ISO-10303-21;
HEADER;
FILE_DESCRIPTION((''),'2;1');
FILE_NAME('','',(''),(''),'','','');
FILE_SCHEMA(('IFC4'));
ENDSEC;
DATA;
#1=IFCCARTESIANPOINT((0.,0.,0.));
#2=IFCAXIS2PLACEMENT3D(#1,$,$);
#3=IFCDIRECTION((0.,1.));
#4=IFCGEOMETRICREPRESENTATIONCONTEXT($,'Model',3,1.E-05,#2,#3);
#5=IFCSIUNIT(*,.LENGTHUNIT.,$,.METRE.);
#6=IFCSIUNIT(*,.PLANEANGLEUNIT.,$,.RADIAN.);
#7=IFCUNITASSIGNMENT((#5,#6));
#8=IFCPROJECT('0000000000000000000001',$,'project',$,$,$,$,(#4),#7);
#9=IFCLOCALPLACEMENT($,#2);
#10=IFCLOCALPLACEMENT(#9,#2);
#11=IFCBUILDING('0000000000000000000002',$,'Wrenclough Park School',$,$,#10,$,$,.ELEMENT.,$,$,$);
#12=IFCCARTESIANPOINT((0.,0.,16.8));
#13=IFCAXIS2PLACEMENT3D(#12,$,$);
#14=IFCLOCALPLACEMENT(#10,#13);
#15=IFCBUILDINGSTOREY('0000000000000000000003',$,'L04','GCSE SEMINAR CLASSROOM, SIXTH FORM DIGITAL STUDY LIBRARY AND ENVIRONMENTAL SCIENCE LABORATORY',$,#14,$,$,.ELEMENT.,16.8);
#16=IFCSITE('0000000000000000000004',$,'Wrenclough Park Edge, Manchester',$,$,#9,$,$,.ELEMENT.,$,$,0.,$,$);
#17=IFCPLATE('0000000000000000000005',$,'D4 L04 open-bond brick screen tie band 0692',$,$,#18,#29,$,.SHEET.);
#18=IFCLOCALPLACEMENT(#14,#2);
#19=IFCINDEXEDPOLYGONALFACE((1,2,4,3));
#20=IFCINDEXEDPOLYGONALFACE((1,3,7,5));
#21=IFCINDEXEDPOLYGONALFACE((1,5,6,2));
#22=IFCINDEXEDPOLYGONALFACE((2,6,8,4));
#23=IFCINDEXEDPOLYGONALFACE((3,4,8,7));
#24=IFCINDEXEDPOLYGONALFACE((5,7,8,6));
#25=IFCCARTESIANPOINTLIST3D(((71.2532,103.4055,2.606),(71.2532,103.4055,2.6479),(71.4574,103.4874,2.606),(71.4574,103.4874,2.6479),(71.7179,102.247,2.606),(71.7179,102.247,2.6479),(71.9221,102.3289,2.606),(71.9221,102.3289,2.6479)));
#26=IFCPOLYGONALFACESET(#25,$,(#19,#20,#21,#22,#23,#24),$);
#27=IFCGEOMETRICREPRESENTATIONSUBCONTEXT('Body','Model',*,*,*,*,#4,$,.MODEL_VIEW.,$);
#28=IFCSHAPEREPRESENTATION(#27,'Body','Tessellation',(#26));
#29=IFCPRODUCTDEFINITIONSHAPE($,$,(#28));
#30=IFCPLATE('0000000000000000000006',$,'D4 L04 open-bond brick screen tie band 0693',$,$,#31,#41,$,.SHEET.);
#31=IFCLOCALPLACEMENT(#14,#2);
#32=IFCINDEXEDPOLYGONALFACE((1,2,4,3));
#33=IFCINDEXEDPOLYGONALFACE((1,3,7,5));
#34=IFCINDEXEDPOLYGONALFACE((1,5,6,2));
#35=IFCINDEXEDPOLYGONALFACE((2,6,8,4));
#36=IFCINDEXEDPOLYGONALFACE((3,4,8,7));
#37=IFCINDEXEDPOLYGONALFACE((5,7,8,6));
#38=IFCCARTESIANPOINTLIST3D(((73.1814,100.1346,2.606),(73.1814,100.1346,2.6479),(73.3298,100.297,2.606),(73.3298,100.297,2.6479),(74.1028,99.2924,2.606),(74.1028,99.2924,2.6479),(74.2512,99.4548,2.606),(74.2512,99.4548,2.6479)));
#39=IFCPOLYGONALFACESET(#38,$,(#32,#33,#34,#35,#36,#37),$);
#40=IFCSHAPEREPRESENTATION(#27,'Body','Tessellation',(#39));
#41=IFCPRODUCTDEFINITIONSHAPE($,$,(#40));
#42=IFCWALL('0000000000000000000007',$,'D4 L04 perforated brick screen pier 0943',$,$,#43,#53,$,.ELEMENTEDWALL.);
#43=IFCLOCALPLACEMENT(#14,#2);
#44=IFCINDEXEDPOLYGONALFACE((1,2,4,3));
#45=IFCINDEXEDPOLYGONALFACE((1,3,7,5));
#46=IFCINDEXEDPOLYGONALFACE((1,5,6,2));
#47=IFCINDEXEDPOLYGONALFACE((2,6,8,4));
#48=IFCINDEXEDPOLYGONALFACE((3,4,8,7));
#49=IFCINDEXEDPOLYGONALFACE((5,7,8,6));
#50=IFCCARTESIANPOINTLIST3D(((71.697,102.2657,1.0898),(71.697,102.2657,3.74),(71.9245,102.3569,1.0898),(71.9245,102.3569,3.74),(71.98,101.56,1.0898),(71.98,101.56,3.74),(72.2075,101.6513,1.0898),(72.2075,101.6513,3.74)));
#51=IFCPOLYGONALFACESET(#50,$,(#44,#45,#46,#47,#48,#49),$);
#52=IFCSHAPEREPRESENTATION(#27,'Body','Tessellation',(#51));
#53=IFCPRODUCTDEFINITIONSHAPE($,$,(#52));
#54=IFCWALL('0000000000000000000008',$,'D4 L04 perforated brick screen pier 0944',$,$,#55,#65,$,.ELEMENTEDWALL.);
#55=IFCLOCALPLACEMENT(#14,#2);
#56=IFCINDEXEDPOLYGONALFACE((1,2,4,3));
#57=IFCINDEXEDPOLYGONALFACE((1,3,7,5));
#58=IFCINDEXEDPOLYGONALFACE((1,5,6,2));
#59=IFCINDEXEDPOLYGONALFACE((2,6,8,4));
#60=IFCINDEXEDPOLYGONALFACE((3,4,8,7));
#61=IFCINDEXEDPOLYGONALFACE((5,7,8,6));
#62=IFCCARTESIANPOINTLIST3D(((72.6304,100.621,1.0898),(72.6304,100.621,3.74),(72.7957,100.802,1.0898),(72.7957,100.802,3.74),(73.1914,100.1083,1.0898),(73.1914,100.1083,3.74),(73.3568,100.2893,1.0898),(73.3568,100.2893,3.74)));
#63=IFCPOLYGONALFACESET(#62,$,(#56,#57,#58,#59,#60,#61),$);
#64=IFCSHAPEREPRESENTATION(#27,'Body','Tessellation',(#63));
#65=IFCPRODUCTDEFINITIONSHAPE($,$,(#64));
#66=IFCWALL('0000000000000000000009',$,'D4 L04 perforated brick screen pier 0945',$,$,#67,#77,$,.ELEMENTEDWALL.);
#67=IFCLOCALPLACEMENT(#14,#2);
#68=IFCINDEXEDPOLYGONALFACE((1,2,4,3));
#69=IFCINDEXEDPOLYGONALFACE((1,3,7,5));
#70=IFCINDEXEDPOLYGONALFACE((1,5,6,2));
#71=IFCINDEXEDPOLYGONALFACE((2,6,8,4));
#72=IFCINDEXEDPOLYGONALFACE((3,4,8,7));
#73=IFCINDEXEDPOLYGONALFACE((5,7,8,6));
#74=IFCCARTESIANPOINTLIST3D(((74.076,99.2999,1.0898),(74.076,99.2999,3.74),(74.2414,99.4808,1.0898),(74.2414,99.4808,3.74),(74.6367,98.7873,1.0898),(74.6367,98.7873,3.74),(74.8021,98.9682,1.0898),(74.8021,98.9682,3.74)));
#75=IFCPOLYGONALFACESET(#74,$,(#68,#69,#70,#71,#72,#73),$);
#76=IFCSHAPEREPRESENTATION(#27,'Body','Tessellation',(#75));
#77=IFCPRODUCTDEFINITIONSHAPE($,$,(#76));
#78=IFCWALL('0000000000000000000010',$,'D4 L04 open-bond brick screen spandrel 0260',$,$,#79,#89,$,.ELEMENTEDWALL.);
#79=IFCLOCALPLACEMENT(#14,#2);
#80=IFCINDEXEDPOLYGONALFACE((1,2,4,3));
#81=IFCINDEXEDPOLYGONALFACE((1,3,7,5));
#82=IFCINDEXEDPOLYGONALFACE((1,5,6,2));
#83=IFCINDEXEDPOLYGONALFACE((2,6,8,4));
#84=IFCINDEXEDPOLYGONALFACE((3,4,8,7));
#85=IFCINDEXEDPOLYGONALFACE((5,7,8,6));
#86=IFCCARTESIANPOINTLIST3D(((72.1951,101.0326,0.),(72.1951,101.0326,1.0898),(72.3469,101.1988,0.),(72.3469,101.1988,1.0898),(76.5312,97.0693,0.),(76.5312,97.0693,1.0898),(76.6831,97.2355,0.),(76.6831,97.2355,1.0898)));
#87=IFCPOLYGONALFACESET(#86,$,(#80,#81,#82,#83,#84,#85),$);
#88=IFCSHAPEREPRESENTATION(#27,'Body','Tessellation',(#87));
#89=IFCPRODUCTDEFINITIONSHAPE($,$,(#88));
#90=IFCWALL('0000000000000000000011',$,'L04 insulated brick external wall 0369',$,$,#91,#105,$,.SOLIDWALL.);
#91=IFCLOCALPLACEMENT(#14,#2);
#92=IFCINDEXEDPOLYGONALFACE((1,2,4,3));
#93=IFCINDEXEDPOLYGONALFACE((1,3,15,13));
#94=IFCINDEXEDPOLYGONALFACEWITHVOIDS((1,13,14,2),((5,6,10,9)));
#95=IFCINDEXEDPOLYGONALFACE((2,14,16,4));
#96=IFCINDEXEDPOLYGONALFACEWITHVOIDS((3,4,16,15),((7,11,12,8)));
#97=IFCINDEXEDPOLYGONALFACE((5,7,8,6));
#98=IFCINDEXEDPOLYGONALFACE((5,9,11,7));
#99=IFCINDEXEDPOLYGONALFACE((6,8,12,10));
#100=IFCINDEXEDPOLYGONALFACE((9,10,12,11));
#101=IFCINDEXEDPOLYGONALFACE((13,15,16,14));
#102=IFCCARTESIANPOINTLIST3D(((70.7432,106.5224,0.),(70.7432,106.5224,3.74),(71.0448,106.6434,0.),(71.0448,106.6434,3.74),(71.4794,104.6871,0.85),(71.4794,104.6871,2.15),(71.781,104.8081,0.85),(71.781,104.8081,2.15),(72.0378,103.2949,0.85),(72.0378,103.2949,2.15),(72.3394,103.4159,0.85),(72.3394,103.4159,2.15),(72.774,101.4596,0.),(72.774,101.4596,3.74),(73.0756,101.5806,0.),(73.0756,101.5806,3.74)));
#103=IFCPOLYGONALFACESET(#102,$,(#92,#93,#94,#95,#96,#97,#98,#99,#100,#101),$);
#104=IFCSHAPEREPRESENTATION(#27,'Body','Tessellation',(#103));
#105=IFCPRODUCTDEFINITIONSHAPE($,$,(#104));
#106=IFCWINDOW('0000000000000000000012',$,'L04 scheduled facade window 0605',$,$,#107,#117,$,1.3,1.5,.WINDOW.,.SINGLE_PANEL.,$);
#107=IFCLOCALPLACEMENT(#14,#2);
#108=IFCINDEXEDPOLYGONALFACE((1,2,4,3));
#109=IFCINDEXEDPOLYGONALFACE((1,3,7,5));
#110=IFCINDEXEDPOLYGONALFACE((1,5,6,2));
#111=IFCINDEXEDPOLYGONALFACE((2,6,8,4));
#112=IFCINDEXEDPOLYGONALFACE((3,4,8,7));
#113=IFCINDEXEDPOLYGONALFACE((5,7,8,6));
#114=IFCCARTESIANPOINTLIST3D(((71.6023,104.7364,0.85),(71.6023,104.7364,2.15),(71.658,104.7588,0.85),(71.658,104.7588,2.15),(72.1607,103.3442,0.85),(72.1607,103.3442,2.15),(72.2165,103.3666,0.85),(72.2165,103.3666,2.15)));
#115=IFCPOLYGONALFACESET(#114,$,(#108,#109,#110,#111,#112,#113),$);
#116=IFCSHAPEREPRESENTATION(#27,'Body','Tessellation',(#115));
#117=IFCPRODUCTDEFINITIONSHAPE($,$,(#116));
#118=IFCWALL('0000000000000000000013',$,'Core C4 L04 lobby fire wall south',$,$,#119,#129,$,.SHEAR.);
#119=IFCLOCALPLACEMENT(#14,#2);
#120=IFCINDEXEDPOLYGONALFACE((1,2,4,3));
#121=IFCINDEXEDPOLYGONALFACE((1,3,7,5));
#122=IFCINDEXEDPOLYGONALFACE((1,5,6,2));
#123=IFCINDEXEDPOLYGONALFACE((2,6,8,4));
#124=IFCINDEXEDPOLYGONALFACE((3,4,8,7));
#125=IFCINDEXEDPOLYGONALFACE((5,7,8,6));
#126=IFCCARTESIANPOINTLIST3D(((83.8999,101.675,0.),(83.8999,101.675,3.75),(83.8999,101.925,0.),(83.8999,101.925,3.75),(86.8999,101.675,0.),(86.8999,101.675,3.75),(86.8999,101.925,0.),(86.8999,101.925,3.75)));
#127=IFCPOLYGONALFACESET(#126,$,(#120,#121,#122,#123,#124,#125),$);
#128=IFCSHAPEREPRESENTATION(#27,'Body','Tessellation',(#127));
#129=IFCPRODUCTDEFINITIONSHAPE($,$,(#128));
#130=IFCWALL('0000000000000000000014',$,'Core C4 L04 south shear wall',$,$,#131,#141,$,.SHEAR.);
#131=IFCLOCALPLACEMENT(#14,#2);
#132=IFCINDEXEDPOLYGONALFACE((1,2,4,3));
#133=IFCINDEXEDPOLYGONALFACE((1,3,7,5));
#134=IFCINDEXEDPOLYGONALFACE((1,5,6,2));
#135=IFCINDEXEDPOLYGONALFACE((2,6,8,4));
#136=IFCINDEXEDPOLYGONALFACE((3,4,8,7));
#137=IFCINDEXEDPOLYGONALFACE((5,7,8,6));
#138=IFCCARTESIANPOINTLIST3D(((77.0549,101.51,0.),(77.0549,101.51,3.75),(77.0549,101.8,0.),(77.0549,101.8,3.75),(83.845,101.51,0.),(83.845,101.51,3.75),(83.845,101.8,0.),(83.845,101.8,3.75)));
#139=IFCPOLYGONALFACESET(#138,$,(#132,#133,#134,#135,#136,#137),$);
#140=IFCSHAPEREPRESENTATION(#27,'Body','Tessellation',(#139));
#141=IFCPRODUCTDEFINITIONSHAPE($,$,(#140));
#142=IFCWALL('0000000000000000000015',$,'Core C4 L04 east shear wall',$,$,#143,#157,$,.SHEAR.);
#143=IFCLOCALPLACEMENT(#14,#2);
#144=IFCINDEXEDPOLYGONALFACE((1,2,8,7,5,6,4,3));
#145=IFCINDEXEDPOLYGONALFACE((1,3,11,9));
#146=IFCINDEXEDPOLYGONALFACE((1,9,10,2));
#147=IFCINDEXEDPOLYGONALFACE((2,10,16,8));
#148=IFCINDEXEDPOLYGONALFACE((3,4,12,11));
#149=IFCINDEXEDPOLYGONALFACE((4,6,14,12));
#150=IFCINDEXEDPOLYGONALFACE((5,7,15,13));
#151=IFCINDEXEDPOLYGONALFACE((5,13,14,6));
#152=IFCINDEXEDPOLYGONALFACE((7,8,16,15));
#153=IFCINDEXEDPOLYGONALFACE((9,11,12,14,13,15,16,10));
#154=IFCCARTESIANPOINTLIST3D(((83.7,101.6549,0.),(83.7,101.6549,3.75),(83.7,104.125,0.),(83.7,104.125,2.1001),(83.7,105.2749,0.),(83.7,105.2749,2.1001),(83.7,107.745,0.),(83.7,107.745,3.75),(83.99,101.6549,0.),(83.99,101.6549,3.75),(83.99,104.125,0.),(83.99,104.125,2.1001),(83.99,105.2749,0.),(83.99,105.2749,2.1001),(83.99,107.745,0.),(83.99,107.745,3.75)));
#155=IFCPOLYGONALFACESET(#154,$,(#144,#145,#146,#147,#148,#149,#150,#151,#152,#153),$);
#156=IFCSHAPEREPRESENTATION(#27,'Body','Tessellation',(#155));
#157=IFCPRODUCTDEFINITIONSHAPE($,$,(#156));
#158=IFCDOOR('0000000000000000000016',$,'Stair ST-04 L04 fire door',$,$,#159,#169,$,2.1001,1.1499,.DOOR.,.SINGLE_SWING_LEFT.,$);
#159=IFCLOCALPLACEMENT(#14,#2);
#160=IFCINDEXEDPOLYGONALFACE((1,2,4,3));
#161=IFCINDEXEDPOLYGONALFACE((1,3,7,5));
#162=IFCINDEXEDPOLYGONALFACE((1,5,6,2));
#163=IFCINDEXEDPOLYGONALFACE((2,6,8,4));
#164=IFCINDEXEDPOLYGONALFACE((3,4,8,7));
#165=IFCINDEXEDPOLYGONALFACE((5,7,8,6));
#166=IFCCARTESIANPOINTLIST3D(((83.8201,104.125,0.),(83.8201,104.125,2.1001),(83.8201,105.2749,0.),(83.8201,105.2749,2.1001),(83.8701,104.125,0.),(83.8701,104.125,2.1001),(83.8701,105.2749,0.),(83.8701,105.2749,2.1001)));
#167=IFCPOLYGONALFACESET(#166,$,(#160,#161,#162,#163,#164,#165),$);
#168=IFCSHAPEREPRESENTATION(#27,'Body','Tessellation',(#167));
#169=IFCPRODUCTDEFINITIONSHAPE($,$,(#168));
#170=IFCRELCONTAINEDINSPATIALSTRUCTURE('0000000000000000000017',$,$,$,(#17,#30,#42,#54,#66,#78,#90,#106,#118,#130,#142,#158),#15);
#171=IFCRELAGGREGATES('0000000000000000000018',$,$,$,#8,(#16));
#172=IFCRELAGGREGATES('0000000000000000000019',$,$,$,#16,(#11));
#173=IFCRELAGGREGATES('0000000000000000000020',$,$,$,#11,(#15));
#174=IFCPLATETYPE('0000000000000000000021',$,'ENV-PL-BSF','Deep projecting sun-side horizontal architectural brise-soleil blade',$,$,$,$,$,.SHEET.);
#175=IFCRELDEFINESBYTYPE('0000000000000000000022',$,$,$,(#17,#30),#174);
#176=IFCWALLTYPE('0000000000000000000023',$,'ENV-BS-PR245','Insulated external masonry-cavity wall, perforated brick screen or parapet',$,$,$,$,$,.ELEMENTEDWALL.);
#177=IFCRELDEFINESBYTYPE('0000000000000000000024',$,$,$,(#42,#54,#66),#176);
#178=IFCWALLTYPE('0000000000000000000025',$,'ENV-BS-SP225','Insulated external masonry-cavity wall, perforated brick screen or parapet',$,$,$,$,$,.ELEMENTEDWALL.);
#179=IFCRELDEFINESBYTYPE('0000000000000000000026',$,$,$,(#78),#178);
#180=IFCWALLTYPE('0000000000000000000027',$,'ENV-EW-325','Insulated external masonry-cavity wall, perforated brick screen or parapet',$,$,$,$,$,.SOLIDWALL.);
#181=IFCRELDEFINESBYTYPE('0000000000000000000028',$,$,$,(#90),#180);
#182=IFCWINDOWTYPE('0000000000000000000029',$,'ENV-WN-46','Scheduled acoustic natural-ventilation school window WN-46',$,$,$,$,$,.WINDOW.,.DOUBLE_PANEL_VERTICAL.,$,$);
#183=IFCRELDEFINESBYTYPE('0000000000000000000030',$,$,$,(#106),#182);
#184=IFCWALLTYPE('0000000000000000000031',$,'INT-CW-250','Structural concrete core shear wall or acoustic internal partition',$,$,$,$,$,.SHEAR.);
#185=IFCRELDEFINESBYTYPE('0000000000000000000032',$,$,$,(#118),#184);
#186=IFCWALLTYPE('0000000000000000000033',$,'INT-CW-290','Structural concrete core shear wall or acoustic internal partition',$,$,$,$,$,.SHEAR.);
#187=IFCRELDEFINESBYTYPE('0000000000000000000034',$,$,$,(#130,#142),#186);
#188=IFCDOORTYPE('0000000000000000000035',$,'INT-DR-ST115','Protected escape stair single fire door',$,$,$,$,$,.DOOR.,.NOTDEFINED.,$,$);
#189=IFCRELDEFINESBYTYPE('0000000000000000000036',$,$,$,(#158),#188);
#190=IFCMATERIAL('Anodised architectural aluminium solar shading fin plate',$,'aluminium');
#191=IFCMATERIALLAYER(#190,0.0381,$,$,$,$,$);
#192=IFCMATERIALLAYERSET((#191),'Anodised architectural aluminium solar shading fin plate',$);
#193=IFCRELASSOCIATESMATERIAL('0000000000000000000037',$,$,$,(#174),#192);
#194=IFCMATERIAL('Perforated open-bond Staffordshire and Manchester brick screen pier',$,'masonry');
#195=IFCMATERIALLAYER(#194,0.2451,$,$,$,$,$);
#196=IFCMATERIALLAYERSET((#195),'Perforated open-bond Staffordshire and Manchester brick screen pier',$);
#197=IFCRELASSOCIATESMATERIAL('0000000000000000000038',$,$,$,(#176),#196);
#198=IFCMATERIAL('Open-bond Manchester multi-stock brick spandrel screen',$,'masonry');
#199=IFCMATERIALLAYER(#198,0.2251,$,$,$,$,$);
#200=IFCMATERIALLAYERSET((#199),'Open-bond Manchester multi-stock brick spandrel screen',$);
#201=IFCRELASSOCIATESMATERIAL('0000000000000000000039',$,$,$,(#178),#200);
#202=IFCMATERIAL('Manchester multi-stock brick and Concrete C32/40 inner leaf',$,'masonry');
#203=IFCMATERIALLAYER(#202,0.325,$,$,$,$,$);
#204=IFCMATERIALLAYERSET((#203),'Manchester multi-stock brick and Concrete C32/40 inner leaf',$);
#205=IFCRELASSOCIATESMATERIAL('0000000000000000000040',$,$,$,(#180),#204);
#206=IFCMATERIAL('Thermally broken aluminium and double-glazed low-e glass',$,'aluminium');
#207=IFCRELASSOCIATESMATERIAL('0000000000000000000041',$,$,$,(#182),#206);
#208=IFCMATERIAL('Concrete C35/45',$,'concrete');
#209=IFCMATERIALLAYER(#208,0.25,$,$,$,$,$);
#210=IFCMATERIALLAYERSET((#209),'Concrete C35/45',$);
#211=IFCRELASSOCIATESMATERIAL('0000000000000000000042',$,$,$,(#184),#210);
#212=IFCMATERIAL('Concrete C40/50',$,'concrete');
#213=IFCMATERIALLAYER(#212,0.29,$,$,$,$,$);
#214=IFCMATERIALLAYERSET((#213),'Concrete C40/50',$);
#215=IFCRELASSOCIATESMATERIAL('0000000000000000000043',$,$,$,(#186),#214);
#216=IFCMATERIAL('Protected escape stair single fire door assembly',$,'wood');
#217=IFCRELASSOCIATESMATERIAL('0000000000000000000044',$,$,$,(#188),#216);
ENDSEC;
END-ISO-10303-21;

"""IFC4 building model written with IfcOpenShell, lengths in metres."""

from ifc_helpers import new_model, si_unit, direction, frame, frame_2d, origin, origin_2d, place, context, subcontext, project, spatial, rectangle, extrude, material, layer, layer_set, type_object, element, fill, save


model = new_model("IFC4")

# Units and contexts
model_context = context("Model", 3, precision=1e-05, world=origin(), true_north=direction((0.0, 1.0)))
body_context = subcontext(model_context, "Body", "Model", "MODEL_VIEW")
ifc_project = project(units=[si_unit("LENGTHUNIT", "METRE"), si_unit("PLANEANGLEUNIT", "RADIAN")], contexts=[model_context])

# Site, building, storey
site_placement = place(None, origin())
site = spatial("IfcSite", under=ifc_project, at=site_placement, Name="Wrenclough Park Edge, Manchester", CompositionType="ELEMENT", RefElevation=0.0)
building_placement = place(site_placement, origin())
building = spatial("IfcBuilding", under=site, at=building_placement, Name="Wrenclough Park School", CompositionType="ELEMENT")
storey_placement = place(building_placement, frame((0.0, 0.0, 16.8)))
storey = spatial("IfcBuildingStorey", under=building, at=storey_placement, Name="L04", Description="GCSE SEMINAR CLASSROOM, SIXTH FORM DIGITAL STUDY LIBRARY AND ENVIRONMENTAL SCIENCE LABORATORY", CompositionType="ELEMENT", Elevation=16.8)

# Plates
ifc_material_1 = material(Name="Anodised architectural aluminium solar shading fin plate", Category="aluminium")
ifc_layer_1 = layer(ifc_material_1, 0.0381)
ifc_layer_set_1 = layer_set([ifc_layer_1], Name="Anodised architectural aluminium solar shading fin plate")
plate_type = type_object("IfcPlateType", Name="ENV-PL-BSF", Description="Deep projecting sun-side horizontal architectural brise-soleil blade", PredefinedType="SHEET", material=ifc_layer_set_1)
for number, where, z_axis, x_axis, name in (
    (1, (71.5876, 102.8672, 2.606), (0.0, 0.0, 1.0), (0.372297, -0.928113, 0.0), "D4 L04 open-bond brick screen tie band 0692"),
    (2, (73.7163, 99.7947, 2.606), (0.0, 0.0, 1.0), (0.738116, -0.674673, 0.0), "D4 L04 open-bond brick screen tie band 0693"),
):
    element("IfcPlate", number, at=place(storey_placement, frame(where, z_axis=z_axis, x_axis=x_axis)), inside=storey, type_object=plate_type, Name=name, PredefinedType="SHEET", context=body_context, shape_type="SweptSolid", body=[
        extrude(rectangle(XDim=1.2483, YDim=0.22, at=origin_2d()), origin(), (0.0, 0.0, 1.0), 0.042),
    ])

# Walls
ifc_material_2 = material(Name="Perforated open-bond Staffordshire and Manchester brick screen pier", Category="masonry")
ifc_layer_2 = layer(ifc_material_2, 0.2451)
ifc_layer_set_2 = layer_set([ifc_layer_2], Name="Perforated open-bond Staffordshire and Manchester brick screen pier")
wall_type_1 = type_object("IfcWallType", Name="ENV-BS-PR245", Description="Insulated external masonry-cavity wall, perforated brick screen or parapet", PredefinedType="ELEMENTEDWALL", material=ifc_layer_set_2)
wall_1_placement = place(storey_placement, frame((71.8108, 102.3113, 1.0898), z_axis=(0.0, 0.0, 1.0), x_axis=(0.372221, -0.928144, 0.0)))
element("IfcWall", 3, at=wall_1_placement, inside=storey, type_object=wall_type_1, Name="D4 L04 perforated brick screen pier 0943", PredefinedType="ELEMENTEDWALL", context=body_context, shape_type="SweptSolid", body=[
    extrude(rectangle(XDim=0.7603, YDim=0.2451, at=frame_2d((0.3801, 0.0))), origin(), (0.0, 0.0, 1.0), 2.6501),
])
wall_2_placement = place(storey_placement, frame((72.7131, 100.7114, 1.0898), z_axis=(0.0, 0.0, 1.0), x_axis=(0.738193, -0.674589, 0.0)))
element("IfcWall", 4, at=wall_2_placement, inside=storey, type_object=wall_type_1, Name="D4 L04 perforated brick screen pier 0944", PredefinedType="ELEMENTEDWALL", context=body_context, shape_type="SweptSolid", body=[
    extrude(rectangle(XDim=0.76, YDim=0.2451, at=frame_2d((0.3799, 0.0))), origin(), (0.0, 0.0, 1.0), 2.6501),
])
wall_3_placement = place(storey_placement, frame((74.1587, 99.3904, 1.0898), z_axis=(0.0, 0.0, 1.0), x_axis=(0.738047, -0.674749, 0.0)))
element("IfcWall", 5, at=wall_3_placement, inside=storey, type_object=wall_type_1, Name="D4 L04 perforated brick screen pier 0945", PredefinedType="ELEMENTEDWALL", context=body_context, shape_type="SweptSolid", body=[
    extrude(rectangle(XDim=0.7598, YDim=0.2451, at=frame_2d((0.3799, 0.0))), origin(), (0.0, 0.0, 1.0), 2.6501),
])
ifc_material_3 = material(Name="Open-bond Manchester multi-stock brick spandrel screen", Category="masonry")
ifc_layer_3 = layer(ifc_material_3, 0.2251)
ifc_layer_set_3 = layer_set([ifc_layer_3], Name="Open-bond Manchester multi-stock brick spandrel screen")
wall_type_2 = type_object("IfcWallType", Name="ENV-BS-SP225", Description="Insulated external masonry-cavity wall, perforated brick screen or parapet", PredefinedType="ELEMENTEDWALL", material=ifc_layer_set_3)
wall_4_placement = place(storey_placement, frame((72.271, 101.1157, 0.0), z_axis=(0.0, 0.0, 1.0), x_axis=(0.738125, -0.674664, 0.0)))
element("IfcWall", 6, at=wall_4_placement, inside=storey, type_object=wall_type_2, Name="D4 L04 open-bond brick screen spandrel 0260", PredefinedType="ELEMENTEDWALL", context=body_context, shape_type="SweptSolid", body=[
    extrude(rectangle(XDim=5.8745, YDim=0.2251, at=frame_2d((2.9373, 0.0))), origin(), (0.0, 0.0, 1.0), 1.0898),
])

# Wall, opening, window
ifc_material_4 = material(Name="Manchester multi-stock brick and Concrete C32/40 inner leaf", Category="masonry")
ifc_layer_4 = layer(ifc_material_4, 0.325)
ifc_layer_set_4 = layer_set([ifc_layer_4], Name="Manchester multi-stock brick and Concrete C32/40 inner leaf")
wall_type_3 = type_object("IfcWallType", Name="ENV-EW-325", Description="Insulated external masonry-cavity wall, perforated brick screen or parapet", PredefinedType="SOLIDWALL", material=ifc_layer_set_4)
wall_5_placement = place(storey_placement, frame((72.9248, 101.52, 0.0), z_axis=(0.0, 0.0, 1.0), x_axis=(-0.372286, 0.928118, 0.0)))
wall_5 = element("IfcWall", 7, at=wall_5_placement, inside=storey, type_object=wall_type_3, Name="L04 insulated brick external wall 0369", PredefinedType="SOLIDWALL", context=body_context, shape_type="SweptSolid", body=[
    extrude(rectangle(XDim=5.4548, YDim=0.325, at=frame_2d((2.7275, 0.0))), origin(), (0.0, 0.0, 1.0), 3.74),
])
opening_1_placement = place(wall_5_placement, frame((1.9775, 0.0, 0.8501)))
opening_1 = element("IfcOpeningElement", 8, at=opening_1_placement, cuts=wall_5, PredefinedType="OPENING", context=body_context, shape_type="SweptSolid", body=[
    extrude(rectangle(XDim=1.5, YDim=1.3, at=frame_2d((0.75, 0.6499))), frame((0.0, 0.1724, 0.0), z_axis=(0.0, -1.0, 0.0), x_axis=(1.0, 0.0, 0.0)), (0.0, 0.0, 1.0), 0.345),
])
ifc_material_5 = material(Name="Thermally broken aluminium and double-glazed low-e glass", Category="aluminium")
window_type = type_object("IfcWindowType", Name="ENV-WN-46", Description="Scheduled acoustic natural-ventilation school window WN-46", PartitioningType="DOUBLE_PANEL_VERTICAL", PredefinedType="WINDOW", material=ifc_material_5)
window_placement = place(opening_1_placement, origin())
window = element("IfcWindow", 9, at=window_placement, inside=storey, type_object=window_type, Name="L04 scheduled facade window 0605", OverallHeight=1.3, OverallWidth=1.5, PartitioningType="SINGLE_PANEL", PredefinedType="WINDOW", context=body_context, shape_type="SweptSolid", body=[
    extrude(rectangle(XDim=1.5, YDim=1.3, at=frame_2d((0.75, 0.6499))), frame((0.0, 0.03, 0.0), z_axis=(0.0, -1.0, 0.0), x_axis=(1.0, 0.0, 0.0)), (0.0, 0.0, 1.0), 0.0601),
])
fill(opening_1, window)

# Wall
ifc_material_6 = material(Name="Concrete C35/45", Category="concrete")
ifc_layer_5 = layer(ifc_material_6, 0.25)
ifc_layer_set_5 = layer_set([ifc_layer_5], Name="Concrete C35/45")
wall_type_4 = type_object("IfcWallType", Name="INT-CW-250", Description="Structural concrete core shear wall or acoustic internal partition", PredefinedType="SHEAR", material=ifc_layer_set_5)
wall_6_placement = place(storey_placement, frame((83.8999, 101.8, 0.0), z_axis=(0.0, 0.0, 1.0), x_axis=(1.0, 0.0, 0.0)))
element("IfcWall", 10, at=wall_6_placement, inside=storey, type_object=wall_type_4, Name="Core C4 L04 lobby fire wall south", PredefinedType="SHEAR", context=body_context, shape_type="SweptSolid", body=[
    extrude(rectangle(XDim=3.0, YDim=0.25, at=frame_2d((1.5, 0.0))), origin(), (0.0, 0.0, 1.0), 3.75),
])

# Wall
ifc_material_7 = material(Name="Concrete C40/50", Category="concrete")
ifc_layer_6 = layer(ifc_material_7, 0.29)
ifc_layer_set_6 = layer_set([ifc_layer_6], Name="Concrete C40/50")
wall_type_5 = type_object("IfcWallType", Name="INT-CW-290", Description="Structural concrete core shear wall or acoustic internal partition", PredefinedType="SHEAR", material=ifc_layer_set_6)
wall_7_placement = place(storey_placement, frame((77.0549, 101.655, 0.0), z_axis=(0.0, 0.0, 1.0), x_axis=(1.0, 0.0, 0.0)))
element("IfcWall", 11, at=wall_7_placement, inside=storey, type_object=wall_type_5, Name="Core C4 L04 south shear wall", PredefinedType="SHEAR", context=body_context, shape_type="SweptSolid", body=[
    extrude(rectangle(XDim=6.79, YDim=0.29, at=frame_2d((3.395, 0.0))), origin(), (0.0, 0.0, 1.0), 3.75),
])

# Wall, opening, door
wall_8_placement = place(storey_placement, frame((83.845, 101.655, 0.0), z_axis=(0.0, 0.0, 1.0), x_axis=(0.0, 1.0, 0.0)))
wall_8 = element("IfcWall", 12, at=wall_8_placement, inside=storey, type_object=wall_type_5, Name="Core C4 L04 east shear wall", PredefinedType="SHEAR", context=body_context, shape_type="SweptSolid", body=[
    extrude(rectangle(XDim=6.0901, YDim=0.29, at=frame_2d((3.0449, 0.0))), origin(), (0.0, 0.0, 1.0), 3.75),
])
opening_2_placement = place(wall_8_placement, frame((2.47, 0.0, 0.0)))
opening_2 = element("IfcOpeningElement", 13, at=opening_2_placement, cuts=wall_8, PredefinedType="OPENING", context=body_context, shape_type="SweptSolid", body=[
    extrude(rectangle(XDim=1.1499, YDim=2.1001, at=frame_2d((0.575, 1.05))), frame((0.0, 0.155, 0.0), z_axis=(0.0, -1.0, 0.0), x_axis=(1.0, 0.0, 0.0)), (0.0, 0.0, 1.0), 0.3101),
])
ifc_material_8 = material(Name="Protected escape stair single fire door assembly", Category="wood")
door_type_1 = type_object("IfcDoorType", Name="INT-DR-ST115", Description="Protected escape stair single fire door", OperationType="NOTDEFINED", PredefinedType="DOOR", material=ifc_material_8)
door_1_placement = place(opening_2_placement, origin())
door_1 = element("IfcDoor", 14, at=door_1_placement, inside=storey, type_object=door_type_1, Name="Stair ST-04 L04 fire door", OperationType="SINGLE_SWING_LEFT", OverallHeight=2.1001, OverallWidth=1.1499, PredefinedType="DOOR", context=body_context, shape_type="SweptSolid", body=[
    extrude(rectangle(XDim=1.1499, YDim=2.1001, at=frame_2d((0.575, 1.05))), frame((0.0, 0.0249, 0.0), z_axis=(0.0, -1.0, 0.0), x_axis=(1.0, 0.0, 0.0)), (0.0, 0.0, 1.0), 0.05),
])
fill(opening_2, door_1)

save(model, "model.ifc")
